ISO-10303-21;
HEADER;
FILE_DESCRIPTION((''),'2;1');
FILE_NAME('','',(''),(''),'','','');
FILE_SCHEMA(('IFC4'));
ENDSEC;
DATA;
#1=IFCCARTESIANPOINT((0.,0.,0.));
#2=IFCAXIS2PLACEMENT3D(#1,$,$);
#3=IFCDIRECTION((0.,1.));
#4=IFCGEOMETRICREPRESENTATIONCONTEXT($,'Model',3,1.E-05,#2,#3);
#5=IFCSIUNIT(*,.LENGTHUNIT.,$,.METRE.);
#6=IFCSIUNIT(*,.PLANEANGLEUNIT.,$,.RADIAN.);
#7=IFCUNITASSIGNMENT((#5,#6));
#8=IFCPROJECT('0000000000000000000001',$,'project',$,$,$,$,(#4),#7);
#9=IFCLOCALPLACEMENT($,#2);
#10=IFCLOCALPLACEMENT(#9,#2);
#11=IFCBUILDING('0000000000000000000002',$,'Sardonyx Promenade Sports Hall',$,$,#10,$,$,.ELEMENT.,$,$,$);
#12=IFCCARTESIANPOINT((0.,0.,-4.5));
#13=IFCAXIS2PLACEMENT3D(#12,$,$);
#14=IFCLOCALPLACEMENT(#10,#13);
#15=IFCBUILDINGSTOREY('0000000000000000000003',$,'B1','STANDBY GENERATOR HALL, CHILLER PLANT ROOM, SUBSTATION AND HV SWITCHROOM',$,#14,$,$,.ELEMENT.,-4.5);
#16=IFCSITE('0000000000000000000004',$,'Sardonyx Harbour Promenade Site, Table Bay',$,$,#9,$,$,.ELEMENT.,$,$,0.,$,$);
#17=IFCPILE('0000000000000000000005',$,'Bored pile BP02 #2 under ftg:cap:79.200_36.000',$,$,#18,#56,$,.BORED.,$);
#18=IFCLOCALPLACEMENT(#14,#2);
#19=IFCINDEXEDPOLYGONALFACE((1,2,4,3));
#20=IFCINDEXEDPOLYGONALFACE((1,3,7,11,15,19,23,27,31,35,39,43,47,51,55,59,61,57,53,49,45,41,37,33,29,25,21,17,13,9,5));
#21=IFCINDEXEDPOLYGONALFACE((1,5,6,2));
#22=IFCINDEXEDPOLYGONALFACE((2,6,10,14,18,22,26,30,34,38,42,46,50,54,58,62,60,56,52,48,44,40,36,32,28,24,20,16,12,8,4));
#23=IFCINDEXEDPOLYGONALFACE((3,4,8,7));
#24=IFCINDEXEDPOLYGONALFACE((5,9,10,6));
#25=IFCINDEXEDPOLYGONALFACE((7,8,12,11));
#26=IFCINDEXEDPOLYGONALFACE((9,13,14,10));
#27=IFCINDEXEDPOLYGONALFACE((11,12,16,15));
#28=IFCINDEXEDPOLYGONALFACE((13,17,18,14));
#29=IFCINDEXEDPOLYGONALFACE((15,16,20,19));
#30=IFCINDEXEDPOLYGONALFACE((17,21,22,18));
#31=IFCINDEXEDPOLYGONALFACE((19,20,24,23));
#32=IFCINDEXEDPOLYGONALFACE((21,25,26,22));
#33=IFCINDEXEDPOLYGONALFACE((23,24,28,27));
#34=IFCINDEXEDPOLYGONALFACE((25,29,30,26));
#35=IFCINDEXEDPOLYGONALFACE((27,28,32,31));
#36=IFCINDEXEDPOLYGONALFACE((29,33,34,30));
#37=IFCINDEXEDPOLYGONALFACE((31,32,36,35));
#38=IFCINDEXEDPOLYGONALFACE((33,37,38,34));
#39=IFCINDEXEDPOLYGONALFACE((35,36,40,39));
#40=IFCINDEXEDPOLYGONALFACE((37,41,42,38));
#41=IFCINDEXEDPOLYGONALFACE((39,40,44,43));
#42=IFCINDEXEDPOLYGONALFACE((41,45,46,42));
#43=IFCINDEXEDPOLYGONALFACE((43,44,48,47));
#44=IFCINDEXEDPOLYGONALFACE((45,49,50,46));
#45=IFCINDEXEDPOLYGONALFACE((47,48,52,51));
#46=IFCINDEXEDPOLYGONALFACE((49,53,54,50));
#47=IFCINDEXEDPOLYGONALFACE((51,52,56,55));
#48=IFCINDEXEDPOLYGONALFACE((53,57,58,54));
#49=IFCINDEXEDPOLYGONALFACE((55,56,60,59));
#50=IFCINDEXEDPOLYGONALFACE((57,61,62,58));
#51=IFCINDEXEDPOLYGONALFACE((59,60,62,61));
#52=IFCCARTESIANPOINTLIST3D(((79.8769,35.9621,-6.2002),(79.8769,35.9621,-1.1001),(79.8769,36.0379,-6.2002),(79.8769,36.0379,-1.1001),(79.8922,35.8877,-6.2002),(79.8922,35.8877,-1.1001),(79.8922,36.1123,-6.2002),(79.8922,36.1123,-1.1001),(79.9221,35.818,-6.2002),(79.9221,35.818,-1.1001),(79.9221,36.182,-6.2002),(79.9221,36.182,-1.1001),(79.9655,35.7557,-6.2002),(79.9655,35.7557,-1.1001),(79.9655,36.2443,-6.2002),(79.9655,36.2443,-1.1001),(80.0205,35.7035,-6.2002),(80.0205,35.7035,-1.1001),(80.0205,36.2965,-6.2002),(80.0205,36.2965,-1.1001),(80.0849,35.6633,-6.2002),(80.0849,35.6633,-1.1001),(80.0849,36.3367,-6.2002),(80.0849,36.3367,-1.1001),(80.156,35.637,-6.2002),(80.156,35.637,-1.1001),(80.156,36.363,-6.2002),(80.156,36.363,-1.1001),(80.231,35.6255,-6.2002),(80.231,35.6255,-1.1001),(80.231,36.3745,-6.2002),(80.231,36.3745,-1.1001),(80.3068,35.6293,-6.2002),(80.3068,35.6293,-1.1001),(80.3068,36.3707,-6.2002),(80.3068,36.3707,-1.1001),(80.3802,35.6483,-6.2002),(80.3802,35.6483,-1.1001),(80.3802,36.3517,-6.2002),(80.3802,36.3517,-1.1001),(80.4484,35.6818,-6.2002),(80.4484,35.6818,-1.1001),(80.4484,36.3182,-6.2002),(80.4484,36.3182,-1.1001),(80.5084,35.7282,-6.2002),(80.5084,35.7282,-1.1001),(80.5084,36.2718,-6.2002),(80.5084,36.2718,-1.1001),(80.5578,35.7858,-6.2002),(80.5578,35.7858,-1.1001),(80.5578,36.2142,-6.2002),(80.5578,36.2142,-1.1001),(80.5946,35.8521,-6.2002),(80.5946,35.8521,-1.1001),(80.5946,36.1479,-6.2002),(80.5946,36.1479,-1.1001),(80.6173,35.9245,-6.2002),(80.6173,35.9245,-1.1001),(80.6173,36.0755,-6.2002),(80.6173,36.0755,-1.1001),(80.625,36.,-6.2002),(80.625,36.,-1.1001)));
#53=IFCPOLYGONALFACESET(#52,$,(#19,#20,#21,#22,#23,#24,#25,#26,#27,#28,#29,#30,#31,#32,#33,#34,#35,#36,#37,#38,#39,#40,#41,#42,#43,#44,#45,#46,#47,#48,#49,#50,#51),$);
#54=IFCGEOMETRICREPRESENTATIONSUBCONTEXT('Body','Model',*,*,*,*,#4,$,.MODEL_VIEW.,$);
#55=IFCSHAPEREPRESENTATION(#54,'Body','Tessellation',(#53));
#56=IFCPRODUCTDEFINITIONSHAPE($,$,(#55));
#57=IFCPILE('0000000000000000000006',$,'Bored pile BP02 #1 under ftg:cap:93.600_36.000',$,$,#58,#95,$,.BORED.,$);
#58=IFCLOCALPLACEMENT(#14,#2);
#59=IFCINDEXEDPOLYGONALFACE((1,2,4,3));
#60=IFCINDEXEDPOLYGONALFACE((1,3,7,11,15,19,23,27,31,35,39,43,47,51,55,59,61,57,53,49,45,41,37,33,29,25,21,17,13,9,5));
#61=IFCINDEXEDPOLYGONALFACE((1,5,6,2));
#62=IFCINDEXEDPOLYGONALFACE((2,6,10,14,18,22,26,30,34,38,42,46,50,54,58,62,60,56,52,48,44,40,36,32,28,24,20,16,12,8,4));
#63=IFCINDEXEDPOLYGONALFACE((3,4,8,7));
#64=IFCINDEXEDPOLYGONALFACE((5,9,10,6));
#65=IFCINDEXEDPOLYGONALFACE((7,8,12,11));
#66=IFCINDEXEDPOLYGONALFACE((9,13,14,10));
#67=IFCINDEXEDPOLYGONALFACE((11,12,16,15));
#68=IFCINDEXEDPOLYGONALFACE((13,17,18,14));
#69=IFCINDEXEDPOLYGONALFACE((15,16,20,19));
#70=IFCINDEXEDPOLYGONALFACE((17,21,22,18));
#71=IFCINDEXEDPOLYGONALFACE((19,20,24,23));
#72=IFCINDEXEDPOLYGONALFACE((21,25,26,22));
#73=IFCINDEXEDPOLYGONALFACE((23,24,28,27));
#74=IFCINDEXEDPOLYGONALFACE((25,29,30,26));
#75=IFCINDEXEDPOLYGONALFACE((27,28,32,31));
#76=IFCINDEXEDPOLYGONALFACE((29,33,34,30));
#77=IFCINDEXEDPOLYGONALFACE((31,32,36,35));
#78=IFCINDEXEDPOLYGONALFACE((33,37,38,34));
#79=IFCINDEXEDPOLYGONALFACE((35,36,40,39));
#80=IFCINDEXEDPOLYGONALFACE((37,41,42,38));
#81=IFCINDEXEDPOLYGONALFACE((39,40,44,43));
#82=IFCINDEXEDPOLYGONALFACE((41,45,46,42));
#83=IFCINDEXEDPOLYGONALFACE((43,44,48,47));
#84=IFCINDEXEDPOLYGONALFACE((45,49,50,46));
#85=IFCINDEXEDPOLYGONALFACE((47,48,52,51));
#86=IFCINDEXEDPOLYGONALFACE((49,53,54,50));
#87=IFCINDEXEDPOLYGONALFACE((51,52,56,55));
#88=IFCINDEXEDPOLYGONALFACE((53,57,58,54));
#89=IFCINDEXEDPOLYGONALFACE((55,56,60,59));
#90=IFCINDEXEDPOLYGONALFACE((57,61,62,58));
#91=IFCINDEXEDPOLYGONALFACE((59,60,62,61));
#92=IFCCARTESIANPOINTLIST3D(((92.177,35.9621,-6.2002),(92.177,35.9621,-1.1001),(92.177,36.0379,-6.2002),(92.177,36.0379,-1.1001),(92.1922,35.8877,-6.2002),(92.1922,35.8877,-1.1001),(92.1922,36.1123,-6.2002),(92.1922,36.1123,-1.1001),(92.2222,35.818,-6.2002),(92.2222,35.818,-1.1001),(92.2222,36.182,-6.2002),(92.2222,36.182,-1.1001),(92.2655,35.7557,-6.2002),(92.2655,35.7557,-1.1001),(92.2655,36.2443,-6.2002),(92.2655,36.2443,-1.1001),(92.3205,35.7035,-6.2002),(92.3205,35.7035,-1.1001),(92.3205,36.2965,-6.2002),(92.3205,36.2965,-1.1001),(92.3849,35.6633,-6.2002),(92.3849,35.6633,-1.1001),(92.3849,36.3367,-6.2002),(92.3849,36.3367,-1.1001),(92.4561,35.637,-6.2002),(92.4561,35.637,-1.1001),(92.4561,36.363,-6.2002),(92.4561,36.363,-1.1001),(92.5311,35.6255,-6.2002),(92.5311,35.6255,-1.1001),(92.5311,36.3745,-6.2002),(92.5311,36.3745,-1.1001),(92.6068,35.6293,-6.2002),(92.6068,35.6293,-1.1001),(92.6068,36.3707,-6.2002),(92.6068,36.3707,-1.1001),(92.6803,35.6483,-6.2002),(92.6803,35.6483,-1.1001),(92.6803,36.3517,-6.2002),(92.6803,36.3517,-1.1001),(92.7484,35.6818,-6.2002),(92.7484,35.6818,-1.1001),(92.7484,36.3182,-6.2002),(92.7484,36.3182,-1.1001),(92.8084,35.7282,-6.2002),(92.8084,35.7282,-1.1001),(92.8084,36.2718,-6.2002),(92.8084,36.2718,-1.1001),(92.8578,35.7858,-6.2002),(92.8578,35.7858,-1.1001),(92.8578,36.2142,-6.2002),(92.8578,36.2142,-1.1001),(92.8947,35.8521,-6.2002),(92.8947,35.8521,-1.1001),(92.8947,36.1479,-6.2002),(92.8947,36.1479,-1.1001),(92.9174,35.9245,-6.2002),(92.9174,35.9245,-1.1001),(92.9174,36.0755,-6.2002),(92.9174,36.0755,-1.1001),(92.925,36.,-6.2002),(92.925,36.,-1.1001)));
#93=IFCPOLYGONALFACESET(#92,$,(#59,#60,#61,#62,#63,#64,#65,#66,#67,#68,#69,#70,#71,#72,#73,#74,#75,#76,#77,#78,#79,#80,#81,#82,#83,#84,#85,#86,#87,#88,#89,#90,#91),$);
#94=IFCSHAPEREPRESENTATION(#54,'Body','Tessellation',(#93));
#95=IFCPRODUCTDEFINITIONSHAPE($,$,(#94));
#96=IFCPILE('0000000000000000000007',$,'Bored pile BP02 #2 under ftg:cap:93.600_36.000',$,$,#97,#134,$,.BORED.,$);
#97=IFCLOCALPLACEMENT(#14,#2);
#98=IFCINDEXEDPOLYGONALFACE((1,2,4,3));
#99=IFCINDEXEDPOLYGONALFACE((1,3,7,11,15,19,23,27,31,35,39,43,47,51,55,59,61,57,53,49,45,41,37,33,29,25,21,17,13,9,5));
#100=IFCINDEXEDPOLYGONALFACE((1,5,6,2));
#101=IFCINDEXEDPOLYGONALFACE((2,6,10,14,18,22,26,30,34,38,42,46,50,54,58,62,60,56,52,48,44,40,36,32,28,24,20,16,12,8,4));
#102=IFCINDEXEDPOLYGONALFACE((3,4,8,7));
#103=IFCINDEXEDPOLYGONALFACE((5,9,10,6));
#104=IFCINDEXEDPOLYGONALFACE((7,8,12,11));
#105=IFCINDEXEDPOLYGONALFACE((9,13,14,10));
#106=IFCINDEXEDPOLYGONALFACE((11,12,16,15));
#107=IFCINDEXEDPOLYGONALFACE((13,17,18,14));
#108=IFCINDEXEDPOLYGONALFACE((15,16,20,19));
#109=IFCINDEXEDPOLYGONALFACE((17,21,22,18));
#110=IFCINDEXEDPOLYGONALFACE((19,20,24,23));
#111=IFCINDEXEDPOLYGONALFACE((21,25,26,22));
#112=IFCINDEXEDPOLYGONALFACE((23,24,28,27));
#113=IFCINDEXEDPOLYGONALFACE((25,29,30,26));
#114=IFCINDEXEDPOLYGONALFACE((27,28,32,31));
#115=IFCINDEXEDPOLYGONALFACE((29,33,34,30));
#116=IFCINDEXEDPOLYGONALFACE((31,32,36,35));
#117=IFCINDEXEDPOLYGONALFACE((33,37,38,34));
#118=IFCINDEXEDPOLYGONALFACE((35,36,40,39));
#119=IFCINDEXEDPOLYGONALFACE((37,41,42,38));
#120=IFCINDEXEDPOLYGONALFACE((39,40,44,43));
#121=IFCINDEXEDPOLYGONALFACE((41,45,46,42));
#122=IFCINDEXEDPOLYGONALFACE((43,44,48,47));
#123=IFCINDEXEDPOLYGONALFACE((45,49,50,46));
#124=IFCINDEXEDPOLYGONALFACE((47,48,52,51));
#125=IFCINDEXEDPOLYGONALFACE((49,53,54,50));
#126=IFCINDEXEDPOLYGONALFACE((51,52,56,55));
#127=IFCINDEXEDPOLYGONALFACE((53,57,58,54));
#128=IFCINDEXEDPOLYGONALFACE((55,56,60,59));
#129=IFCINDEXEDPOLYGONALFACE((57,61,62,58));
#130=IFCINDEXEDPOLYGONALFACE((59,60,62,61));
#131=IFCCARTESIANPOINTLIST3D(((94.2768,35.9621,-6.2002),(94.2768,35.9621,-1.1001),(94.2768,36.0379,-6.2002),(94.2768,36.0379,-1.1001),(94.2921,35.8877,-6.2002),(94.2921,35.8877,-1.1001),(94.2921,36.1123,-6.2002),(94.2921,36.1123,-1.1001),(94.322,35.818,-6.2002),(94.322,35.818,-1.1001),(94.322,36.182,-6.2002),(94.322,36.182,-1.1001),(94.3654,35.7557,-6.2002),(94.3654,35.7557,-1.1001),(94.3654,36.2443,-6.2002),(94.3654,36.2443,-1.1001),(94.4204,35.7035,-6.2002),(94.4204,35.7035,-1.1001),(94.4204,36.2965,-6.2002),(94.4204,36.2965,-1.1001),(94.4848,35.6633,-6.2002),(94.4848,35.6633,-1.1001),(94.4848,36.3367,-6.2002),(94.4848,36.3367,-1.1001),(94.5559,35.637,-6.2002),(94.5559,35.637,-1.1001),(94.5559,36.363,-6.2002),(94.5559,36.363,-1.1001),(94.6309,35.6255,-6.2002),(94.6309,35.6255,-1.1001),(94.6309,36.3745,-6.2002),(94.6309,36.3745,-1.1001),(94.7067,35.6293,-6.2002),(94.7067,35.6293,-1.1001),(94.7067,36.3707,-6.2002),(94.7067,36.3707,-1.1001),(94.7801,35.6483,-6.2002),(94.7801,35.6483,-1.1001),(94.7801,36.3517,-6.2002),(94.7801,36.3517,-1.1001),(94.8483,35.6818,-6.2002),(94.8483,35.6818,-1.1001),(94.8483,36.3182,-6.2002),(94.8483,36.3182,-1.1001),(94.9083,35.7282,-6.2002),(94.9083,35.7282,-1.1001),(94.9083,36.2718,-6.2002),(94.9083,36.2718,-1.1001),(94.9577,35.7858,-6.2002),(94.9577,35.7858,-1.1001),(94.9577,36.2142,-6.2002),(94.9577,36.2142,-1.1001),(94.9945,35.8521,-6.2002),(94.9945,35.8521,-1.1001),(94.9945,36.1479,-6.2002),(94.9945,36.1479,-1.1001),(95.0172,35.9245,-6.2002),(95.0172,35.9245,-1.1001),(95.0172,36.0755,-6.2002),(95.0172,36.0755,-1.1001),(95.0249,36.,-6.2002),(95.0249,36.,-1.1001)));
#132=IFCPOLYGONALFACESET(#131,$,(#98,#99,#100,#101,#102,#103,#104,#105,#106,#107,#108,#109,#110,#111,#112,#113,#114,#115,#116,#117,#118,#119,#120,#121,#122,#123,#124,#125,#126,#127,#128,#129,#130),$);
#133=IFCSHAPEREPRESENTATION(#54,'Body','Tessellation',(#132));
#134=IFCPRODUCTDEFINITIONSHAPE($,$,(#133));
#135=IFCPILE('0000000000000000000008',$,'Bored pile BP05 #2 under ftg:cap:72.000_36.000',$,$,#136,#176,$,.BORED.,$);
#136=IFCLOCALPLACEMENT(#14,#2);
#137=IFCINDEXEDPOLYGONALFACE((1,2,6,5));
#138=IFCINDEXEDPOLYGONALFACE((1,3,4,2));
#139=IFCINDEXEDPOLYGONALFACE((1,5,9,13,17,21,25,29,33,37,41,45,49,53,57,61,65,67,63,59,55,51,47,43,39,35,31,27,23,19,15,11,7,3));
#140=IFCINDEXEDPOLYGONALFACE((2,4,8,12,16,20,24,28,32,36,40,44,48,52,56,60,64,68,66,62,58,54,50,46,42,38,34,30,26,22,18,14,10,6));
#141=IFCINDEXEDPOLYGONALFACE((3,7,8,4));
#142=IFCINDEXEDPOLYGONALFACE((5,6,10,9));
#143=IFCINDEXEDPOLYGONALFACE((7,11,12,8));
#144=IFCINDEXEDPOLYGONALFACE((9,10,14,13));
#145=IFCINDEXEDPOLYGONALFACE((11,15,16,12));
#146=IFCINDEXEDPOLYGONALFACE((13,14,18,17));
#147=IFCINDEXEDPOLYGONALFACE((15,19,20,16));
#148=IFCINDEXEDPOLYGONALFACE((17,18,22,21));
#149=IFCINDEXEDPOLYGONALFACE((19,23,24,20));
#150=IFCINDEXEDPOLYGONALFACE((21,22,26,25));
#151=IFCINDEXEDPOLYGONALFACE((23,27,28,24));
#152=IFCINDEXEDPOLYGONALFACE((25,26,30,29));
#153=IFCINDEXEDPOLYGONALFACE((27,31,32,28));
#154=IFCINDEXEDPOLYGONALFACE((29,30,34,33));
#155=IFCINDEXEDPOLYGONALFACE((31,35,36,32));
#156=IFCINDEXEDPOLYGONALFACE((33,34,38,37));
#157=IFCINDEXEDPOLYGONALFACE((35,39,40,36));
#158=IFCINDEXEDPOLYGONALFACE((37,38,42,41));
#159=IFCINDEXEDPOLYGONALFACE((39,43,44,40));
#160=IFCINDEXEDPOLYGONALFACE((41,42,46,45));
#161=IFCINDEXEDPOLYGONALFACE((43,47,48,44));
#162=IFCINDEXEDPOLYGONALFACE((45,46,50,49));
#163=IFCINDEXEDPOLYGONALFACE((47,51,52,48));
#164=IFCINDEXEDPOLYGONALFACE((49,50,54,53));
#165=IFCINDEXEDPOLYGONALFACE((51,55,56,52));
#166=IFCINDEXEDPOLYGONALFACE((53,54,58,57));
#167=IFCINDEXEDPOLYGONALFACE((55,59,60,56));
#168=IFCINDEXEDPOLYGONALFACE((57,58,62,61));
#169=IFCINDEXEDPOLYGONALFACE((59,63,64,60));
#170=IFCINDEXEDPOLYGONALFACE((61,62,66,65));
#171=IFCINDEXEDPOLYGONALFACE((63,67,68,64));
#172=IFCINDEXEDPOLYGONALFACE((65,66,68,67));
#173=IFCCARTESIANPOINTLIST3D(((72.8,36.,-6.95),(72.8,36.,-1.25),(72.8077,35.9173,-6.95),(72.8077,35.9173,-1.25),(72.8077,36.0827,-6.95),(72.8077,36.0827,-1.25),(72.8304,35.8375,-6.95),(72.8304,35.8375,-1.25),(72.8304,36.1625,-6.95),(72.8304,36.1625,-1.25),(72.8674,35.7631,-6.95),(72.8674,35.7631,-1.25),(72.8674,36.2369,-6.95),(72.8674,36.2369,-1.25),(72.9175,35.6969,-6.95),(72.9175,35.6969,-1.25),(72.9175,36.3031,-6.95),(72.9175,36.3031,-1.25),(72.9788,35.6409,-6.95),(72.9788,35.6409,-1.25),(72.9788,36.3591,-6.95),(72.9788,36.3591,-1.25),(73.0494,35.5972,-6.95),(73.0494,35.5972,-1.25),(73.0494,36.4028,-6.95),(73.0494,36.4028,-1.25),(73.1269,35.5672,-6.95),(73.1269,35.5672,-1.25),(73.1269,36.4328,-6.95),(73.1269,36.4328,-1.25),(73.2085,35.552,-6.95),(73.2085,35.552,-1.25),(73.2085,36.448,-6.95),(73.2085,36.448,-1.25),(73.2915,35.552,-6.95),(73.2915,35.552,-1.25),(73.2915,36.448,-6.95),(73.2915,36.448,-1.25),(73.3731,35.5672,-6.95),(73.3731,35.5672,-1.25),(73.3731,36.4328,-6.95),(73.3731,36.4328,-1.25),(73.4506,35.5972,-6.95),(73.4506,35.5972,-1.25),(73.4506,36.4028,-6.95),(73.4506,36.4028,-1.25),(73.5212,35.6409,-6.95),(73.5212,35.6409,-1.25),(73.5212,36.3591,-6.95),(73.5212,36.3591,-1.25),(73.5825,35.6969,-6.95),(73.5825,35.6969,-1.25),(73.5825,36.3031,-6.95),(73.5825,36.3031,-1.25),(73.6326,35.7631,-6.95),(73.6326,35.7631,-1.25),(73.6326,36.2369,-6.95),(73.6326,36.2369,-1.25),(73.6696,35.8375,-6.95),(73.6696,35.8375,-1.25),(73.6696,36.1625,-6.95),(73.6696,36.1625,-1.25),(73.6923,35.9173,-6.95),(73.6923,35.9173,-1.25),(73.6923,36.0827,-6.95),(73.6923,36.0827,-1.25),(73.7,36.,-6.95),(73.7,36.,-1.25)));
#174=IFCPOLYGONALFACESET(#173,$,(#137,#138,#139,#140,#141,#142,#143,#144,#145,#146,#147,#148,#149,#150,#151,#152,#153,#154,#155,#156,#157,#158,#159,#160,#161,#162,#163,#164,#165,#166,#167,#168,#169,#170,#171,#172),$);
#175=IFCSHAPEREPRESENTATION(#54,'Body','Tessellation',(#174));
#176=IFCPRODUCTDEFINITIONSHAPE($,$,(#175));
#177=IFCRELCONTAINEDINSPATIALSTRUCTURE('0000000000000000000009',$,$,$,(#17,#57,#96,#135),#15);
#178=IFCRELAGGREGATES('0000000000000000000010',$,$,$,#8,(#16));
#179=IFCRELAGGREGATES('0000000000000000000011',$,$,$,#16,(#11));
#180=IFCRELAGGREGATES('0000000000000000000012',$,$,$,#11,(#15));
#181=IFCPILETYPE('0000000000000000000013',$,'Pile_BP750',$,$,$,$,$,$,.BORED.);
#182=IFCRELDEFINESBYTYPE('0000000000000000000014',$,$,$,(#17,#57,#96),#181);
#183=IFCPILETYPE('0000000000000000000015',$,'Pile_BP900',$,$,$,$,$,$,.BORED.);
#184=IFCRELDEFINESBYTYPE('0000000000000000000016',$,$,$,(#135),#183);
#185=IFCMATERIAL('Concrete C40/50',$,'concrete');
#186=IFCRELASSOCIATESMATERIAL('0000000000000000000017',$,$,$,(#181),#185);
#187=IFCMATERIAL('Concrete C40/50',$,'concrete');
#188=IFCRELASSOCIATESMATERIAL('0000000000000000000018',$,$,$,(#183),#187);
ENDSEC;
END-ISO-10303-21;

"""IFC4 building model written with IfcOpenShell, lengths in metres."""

from ifc_helpers import new_model, si_unit, direction, frame, origin, origin_2d, place, context, subcontext, project, spatial, circle, extrude, material, material_profile, profile_set, type_object, element, save


model = new_model("IFC4")

# Units and contexts
model_context = context("Model", 3, precision=1e-05, world=origin(), true_north=direction((0.0, 1.0)))
body_context = subcontext(model_context, "Body", "Model", "MODEL_VIEW")
ifc_project = project(units=[si_unit("LENGTHUNIT", "METRE"), si_unit("PLANEANGLEUNIT", "RADIAN")], contexts=[model_context])

# Site, building, storey
site_placement = place(None, origin())
site = spatial("IfcSite", under=ifc_project, at=site_placement, Name="Sardonyx Harbour Promenade Site, Table Bay", CompositionType="ELEMENT", RefElevation=0.0)
building_placement = place(site_placement, origin())
building = spatial("IfcBuilding", under=site, at=building_placement, Name="Sardonyx Promenade Sports Hall", CompositionType="ELEMENT")
storey_placement = place(building_placement, frame((0.0, 0.0, -4.5)))
storey = spatial("IfcBuildingStorey", under=building, at=storey_placement, Name="B1", Description="STANDBY GENERATOR HALL, CHILLER PLANT ROOM, SUBSTATION AND HV SWITCHROOM", CompositionType="ELEMENT", Elevation=-4.5)

# Piles
ifc_material_1 = material(Name="Concrete C40/50", Category="concrete")
ifc_material_profile_1 = material_profile(ifc_material_1, circle(Radius=0.375, at=origin_2d()))
ifc_profile_set_1 = profile_set([ifc_material_profile_1], Name="Concrete C40/50")
pile_type_1 = type_object("IfcPileType", Name="Pile_BP750", PredefinedType="BORED", material=ifc_profile_set_1)
for number, where, z_axis, x_axis, name in (
    (1, (80.25, 36.0, -1.1001), (0.0, 0.0, -1.0), (1.0, 0.0, 0.0), "Bored pile BP02 #2 under ftg:cap:79.200_36.000"),
    (2, (92.55, 36.0, -1.1001), (0.0, 0.0, -1.0), (1.0, 0.0, 0.0), "Bored pile BP02 #1 under ftg:cap:93.600_36.000"),
    (3, (94.6499, 36.0, -1.1001), (0.0, 0.0, -1.0), (1.0, 0.0, 0.0), "Bored pile BP02 #2 under ftg:cap:93.600_36.000"),
):
    element("IfcPile", number, at=place(storey_placement, frame(where, z_axis=z_axis, x_axis=x_axis)), inside=storey, type_object=pile_type_1, Name=name, PredefinedType="BORED", context=body_context, shape_type="SweptSolid", body=[
        extrude(circle(Radius=0.375, at=origin_2d()), origin(), (0.0, 0.0, 1.0), 5.1001),
    ])
ifc_material_2 = material(Name="Concrete C40/50", Category="concrete")
ifc_material_profile_2 = material_profile(ifc_material_2, circle(Radius=0.45, at=origin_2d()))
ifc_profile_set_2 = profile_set([ifc_material_profile_2], Name="Concrete C40/50")
pile_type_2 = type_object("IfcPileType", Name="Pile_BP900", PredefinedType="BORED", material=ifc_profile_set_2)
for number, where, z_axis, x_axis, name in (
    (4, (73.25, 36.0, -1.25), (0.0, 0.0, -1.0), (1.0, 0.0, 0.0), "Bored pile BP05 #2 under ftg:cap:72.000_36.000"),
):
    element("IfcPile", number, at=place(storey_placement, frame(where, z_axis=z_axis, x_axis=x_axis)), inside=storey, type_object=pile_type_2, Name=name, PredefinedType="BORED", context=body_context, shape_type="SweptSolid", body=[
        extrude(circle(Radius=0.45, at=origin_2d()), origin(), (0.0, 0.0, 1.0), 5.7),
    ])

save(model, "model.ifc")
